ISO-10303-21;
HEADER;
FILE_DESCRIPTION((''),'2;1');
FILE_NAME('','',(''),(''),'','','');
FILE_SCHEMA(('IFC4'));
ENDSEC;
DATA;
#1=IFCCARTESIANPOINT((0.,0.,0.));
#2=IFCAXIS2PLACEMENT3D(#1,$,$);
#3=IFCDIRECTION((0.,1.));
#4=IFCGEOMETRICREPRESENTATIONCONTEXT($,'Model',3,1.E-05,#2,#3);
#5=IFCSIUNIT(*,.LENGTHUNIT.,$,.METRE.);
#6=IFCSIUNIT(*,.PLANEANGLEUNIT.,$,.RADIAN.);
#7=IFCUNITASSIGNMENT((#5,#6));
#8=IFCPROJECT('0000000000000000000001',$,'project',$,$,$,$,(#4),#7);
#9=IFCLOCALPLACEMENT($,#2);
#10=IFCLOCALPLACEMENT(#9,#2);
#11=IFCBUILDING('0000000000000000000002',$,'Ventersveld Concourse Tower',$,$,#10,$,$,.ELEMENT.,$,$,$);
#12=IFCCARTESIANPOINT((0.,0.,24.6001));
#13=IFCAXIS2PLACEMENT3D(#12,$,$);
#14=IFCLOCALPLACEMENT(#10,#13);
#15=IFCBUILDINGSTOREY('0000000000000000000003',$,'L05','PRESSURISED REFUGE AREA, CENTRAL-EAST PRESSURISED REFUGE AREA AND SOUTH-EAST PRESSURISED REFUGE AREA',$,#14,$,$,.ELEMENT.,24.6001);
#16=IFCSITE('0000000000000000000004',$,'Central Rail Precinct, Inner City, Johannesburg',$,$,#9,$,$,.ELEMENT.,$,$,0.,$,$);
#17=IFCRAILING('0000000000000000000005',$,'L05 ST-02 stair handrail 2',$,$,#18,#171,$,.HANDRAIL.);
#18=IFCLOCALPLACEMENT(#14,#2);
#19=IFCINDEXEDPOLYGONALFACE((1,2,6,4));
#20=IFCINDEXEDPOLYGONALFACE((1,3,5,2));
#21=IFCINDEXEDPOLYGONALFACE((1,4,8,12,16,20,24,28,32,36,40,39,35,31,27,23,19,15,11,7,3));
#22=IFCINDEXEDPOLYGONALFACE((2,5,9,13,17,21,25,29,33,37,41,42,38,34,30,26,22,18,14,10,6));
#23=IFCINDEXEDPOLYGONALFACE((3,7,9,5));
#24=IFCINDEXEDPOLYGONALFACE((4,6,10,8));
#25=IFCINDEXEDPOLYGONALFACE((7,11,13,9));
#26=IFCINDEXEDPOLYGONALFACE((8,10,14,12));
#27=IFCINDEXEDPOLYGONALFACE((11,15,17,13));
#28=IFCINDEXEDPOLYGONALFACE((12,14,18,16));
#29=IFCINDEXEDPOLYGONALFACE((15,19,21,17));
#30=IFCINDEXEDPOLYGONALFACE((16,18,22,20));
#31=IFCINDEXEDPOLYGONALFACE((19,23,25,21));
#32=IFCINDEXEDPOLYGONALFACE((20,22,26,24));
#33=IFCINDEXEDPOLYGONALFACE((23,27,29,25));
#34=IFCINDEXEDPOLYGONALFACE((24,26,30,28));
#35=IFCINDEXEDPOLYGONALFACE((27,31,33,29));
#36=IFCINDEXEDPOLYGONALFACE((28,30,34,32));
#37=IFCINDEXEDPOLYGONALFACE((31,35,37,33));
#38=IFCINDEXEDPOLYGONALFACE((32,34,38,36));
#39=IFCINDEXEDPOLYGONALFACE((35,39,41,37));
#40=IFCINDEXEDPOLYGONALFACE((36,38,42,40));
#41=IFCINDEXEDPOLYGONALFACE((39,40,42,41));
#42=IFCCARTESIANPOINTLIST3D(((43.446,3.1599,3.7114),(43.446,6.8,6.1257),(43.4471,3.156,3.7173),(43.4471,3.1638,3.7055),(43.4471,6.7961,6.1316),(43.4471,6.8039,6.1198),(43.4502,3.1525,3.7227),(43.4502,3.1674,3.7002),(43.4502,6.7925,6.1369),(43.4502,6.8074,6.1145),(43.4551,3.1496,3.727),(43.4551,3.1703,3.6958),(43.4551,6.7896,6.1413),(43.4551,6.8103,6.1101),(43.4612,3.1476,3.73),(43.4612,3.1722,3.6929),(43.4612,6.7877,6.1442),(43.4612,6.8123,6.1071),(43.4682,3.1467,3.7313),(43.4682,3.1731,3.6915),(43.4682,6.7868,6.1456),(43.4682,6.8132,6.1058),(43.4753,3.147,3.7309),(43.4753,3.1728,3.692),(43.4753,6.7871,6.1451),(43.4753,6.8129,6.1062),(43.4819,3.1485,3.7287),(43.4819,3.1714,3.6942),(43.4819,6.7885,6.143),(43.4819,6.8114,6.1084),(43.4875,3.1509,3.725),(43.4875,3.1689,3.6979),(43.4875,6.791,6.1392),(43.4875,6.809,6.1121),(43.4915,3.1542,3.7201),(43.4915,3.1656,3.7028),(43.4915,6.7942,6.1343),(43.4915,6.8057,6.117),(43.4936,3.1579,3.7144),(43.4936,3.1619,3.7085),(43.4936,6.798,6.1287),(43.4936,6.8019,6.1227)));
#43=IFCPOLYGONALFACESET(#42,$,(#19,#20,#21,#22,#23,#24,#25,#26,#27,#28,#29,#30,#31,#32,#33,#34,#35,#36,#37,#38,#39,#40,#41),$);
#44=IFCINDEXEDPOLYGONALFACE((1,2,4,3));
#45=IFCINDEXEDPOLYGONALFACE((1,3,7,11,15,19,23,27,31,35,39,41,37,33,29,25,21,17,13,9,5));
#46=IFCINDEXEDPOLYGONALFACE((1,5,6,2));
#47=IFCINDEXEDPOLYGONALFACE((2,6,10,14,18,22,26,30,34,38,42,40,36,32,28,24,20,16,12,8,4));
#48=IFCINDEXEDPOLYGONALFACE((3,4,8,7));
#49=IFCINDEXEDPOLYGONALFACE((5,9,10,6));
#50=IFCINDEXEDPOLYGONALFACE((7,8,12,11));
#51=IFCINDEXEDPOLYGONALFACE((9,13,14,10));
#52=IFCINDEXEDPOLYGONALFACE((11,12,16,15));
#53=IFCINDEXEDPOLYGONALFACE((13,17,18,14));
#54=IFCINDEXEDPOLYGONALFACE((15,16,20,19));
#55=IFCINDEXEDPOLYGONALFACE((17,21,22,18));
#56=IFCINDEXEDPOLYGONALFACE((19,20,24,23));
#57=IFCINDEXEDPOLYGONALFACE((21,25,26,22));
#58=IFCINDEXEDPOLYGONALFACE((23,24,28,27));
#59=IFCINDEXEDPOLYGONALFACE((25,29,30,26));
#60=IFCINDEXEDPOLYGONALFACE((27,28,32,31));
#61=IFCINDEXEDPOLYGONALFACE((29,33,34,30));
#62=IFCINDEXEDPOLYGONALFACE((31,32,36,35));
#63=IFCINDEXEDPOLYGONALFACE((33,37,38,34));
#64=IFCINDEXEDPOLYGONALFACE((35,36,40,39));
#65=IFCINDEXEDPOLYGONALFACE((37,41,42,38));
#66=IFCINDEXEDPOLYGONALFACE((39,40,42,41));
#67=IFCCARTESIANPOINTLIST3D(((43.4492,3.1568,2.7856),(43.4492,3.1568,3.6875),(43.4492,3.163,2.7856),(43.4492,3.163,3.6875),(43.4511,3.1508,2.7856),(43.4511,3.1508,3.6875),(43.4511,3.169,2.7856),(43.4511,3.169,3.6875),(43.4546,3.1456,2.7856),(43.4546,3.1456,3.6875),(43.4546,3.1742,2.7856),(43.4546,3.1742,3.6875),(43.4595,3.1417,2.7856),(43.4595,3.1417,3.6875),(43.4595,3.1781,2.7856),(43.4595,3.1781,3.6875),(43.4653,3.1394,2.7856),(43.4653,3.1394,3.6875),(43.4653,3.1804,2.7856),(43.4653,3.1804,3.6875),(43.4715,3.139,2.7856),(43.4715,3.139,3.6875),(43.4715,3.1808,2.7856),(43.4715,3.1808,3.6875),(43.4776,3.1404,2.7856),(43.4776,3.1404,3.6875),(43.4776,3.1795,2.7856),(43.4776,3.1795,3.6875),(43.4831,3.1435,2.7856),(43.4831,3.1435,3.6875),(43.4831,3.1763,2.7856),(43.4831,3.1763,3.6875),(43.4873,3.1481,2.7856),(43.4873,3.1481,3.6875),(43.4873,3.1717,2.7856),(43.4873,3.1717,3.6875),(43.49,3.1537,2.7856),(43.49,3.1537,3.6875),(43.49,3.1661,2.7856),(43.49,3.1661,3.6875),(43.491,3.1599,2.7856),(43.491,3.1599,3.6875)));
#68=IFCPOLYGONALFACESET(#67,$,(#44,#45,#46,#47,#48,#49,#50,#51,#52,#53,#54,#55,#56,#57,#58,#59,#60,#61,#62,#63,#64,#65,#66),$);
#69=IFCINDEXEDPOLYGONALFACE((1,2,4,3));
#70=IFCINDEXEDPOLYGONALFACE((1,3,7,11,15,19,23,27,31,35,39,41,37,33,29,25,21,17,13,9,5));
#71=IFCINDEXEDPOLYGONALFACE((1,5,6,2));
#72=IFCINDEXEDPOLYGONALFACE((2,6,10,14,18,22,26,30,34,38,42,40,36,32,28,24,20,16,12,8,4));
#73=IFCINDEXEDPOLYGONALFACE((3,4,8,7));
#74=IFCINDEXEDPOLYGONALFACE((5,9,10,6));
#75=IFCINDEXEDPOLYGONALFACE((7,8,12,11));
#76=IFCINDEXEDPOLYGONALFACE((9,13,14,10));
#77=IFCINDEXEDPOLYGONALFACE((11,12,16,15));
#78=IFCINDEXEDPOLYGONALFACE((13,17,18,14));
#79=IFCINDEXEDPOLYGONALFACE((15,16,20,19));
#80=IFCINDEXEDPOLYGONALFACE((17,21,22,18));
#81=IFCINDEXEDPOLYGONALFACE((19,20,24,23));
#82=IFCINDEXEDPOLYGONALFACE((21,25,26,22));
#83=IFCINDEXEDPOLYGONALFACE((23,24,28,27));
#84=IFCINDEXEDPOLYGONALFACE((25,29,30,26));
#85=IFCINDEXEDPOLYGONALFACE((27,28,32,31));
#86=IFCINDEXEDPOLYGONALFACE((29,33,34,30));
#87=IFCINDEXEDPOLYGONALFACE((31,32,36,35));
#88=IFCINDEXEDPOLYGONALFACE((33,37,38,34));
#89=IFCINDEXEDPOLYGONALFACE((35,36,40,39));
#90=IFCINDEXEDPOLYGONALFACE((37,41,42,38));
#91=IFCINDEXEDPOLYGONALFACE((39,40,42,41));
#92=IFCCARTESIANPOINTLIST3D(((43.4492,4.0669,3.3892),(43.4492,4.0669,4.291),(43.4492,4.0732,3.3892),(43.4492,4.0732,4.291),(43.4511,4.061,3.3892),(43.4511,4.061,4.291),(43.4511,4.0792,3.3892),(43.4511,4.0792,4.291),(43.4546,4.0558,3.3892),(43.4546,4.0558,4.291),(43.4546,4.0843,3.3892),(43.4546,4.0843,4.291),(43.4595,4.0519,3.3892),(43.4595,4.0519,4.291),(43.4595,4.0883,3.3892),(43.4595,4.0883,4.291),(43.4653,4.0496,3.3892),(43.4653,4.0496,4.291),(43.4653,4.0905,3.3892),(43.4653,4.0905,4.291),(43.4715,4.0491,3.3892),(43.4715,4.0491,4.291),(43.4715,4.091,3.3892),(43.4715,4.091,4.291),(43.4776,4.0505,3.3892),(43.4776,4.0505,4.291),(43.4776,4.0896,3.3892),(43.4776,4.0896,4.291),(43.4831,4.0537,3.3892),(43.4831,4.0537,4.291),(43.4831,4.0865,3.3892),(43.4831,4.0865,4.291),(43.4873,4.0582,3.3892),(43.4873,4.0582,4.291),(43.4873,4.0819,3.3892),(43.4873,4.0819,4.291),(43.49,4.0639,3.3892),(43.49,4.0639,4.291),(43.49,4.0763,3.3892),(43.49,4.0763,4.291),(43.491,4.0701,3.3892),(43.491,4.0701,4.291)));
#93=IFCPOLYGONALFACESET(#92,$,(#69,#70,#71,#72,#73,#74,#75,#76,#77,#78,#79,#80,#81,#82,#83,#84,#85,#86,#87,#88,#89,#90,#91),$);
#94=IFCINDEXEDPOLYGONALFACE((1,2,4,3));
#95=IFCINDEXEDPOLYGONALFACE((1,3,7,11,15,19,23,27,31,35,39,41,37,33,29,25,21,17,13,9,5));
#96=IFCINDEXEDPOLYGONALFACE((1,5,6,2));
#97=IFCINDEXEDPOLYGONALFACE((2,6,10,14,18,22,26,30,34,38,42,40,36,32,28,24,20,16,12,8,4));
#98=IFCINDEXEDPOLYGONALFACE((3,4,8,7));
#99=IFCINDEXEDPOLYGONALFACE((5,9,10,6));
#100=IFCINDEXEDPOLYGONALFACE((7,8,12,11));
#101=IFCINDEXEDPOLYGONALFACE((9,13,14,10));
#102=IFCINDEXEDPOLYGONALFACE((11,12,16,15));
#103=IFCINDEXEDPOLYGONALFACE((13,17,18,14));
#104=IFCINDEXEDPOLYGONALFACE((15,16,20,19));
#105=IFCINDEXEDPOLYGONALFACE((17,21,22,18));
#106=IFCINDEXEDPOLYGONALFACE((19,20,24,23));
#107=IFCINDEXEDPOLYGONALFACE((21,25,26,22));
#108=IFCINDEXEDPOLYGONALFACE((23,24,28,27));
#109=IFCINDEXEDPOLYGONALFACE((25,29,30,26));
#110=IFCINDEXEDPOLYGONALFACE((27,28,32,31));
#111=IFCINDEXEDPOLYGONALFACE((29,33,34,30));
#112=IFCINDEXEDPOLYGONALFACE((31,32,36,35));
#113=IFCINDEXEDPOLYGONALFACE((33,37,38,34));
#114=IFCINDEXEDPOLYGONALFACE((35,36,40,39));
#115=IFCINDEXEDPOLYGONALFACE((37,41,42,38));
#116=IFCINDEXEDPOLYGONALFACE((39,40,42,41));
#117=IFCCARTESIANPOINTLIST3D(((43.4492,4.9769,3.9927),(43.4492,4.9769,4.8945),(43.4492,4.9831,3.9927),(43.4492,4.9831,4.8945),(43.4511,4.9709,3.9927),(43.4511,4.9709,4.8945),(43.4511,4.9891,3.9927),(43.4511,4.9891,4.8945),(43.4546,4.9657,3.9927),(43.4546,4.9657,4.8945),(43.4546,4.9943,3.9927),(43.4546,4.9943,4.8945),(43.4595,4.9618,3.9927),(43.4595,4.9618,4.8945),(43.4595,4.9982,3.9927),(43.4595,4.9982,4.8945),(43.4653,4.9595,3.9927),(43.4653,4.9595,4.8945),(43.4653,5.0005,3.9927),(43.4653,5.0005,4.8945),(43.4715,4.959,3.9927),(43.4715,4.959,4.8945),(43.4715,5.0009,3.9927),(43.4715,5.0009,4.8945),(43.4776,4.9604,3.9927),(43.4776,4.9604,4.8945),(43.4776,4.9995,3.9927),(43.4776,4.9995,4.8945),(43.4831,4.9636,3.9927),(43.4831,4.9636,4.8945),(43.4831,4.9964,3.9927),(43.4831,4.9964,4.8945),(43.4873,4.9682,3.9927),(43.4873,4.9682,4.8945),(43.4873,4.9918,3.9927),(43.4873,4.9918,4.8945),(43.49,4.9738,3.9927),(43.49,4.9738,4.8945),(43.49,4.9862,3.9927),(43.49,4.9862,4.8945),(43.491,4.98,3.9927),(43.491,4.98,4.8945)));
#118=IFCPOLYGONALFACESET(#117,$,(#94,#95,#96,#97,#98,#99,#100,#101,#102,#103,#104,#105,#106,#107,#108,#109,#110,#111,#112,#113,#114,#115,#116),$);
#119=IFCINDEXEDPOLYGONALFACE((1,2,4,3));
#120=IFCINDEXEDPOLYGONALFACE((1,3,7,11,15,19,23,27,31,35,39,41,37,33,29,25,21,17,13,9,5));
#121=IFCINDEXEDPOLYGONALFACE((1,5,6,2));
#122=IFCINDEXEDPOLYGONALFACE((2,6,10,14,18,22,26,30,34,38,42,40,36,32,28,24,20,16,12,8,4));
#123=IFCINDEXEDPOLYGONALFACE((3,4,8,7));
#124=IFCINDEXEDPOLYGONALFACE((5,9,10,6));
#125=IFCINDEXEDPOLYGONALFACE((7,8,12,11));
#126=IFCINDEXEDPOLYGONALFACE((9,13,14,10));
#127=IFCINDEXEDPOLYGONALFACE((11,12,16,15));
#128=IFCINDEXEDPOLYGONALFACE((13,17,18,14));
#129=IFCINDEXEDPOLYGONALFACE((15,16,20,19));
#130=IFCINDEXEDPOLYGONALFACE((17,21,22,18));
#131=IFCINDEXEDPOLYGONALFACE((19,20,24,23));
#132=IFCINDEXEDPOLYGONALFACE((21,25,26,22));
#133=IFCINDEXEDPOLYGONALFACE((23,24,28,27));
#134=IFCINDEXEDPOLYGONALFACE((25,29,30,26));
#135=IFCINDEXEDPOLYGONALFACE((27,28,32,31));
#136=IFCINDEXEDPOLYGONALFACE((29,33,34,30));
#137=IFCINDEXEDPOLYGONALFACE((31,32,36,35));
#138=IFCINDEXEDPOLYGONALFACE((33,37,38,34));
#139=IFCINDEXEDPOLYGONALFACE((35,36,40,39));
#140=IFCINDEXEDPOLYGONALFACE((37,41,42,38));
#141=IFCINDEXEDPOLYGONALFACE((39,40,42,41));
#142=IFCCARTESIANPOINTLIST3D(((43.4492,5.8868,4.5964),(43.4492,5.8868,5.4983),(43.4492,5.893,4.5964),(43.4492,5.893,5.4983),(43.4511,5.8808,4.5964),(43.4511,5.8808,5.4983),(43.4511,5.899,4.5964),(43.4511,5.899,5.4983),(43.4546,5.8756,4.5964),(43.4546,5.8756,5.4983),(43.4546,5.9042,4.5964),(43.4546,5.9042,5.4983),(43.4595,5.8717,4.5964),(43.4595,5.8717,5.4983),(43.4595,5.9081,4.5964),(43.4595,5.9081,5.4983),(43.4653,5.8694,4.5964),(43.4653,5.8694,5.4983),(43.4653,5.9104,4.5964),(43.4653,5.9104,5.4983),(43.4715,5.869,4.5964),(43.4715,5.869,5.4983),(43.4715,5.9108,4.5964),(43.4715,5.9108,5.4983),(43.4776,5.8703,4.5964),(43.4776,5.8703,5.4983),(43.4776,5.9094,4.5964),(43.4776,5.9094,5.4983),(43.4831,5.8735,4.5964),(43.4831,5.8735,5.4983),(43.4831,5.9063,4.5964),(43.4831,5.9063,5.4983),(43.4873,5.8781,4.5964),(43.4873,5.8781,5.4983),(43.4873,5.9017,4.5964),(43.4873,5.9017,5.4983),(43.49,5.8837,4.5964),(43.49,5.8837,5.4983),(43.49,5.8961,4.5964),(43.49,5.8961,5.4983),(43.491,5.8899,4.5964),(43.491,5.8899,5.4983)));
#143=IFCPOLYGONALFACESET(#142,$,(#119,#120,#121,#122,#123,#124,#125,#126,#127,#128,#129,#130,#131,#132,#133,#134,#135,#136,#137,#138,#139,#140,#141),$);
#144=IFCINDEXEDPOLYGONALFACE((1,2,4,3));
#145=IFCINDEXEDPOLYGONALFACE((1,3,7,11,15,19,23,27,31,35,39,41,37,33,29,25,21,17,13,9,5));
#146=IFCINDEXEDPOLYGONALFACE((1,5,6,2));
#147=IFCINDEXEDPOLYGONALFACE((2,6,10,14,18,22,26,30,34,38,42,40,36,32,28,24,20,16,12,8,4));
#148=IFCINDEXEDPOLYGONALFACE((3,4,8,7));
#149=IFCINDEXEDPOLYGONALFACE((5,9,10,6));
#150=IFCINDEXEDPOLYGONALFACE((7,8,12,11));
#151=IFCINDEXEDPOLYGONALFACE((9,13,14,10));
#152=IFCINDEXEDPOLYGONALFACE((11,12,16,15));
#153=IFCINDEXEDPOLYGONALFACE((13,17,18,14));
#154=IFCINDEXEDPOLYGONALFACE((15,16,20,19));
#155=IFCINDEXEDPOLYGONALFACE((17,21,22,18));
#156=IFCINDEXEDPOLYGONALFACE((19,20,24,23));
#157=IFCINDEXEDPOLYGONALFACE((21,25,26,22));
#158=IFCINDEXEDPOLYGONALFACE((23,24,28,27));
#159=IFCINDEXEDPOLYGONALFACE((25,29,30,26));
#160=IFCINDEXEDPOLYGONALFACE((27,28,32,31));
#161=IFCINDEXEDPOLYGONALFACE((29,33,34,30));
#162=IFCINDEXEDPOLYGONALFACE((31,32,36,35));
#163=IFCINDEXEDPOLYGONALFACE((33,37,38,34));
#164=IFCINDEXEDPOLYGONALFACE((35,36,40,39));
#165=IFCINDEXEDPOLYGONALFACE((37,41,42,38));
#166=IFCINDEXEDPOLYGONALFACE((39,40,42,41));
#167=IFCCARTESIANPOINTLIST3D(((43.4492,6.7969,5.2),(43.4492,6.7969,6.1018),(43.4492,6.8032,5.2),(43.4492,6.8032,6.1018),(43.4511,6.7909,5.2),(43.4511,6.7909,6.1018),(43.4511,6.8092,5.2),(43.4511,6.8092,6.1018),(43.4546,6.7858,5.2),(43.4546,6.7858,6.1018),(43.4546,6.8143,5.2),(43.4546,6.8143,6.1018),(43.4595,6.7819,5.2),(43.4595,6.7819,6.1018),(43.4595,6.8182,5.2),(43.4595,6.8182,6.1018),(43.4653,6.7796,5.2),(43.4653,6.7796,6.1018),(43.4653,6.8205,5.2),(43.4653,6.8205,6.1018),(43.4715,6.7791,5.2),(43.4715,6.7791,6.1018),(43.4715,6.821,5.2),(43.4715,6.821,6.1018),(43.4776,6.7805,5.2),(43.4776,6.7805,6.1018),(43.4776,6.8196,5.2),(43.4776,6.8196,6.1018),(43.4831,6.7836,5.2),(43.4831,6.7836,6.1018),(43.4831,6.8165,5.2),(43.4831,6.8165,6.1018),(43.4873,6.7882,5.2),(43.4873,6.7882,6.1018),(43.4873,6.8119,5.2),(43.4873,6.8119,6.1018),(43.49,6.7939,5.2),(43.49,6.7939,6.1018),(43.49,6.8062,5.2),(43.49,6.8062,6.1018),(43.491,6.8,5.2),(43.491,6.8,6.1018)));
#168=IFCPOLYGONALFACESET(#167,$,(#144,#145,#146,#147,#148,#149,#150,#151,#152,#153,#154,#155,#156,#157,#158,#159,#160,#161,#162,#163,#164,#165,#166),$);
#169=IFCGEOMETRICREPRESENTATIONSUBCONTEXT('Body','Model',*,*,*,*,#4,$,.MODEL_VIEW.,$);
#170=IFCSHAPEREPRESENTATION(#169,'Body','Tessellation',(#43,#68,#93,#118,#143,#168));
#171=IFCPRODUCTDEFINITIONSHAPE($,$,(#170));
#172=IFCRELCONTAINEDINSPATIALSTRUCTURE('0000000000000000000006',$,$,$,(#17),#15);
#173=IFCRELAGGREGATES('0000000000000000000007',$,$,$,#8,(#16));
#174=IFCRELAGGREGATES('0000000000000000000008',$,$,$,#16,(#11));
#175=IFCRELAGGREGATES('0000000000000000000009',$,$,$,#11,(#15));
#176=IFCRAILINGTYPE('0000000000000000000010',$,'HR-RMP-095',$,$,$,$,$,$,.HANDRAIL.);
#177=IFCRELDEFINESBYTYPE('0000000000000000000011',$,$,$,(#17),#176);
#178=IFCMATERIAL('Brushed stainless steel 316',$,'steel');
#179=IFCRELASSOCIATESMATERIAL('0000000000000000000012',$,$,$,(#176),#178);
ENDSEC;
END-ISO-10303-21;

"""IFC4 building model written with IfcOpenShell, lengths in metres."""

from ifc_helpers import new_model, si_unit, direction, frame, origin, origin_2d, place, context, subcontext, project, spatial, circle, extrude, material, type_object, element, save


model = new_model("IFC4")

# Units and contexts
model_context = context("Model", 3, precision=1e-05, world=origin(), true_north=direction((0.0, 1.0)))
body_context = subcontext(model_context, "Body", "Model", "MODEL_VIEW")
ifc_project = project(units=[si_unit("LENGTHUNIT", "METRE"), si_unit("PLANEANGLEUNIT", "RADIAN")], contexts=[model_context])

# Site, building, storey
site_placement = place(None, origin())
site = spatial("IfcSite", under=ifc_project, at=site_placement, Name="Central Rail Precinct, Inner City, Johannesburg", CompositionType="ELEMENT", RefElevation=0.0)
building_placement = place(site_placement, origin())
building = spatial("IfcBuilding", under=site, at=building_placement, Name="Ventersveld Concourse Tower", CompositionType="ELEMENT")
storey_placement = place(building_placement, frame((0.0, 0.0, 24.6001)))
storey = spatial("IfcBuildingStorey", under=building, at=storey_placement, Name="L05", Description="PRESSURISED REFUGE AREA, CENTRAL-EAST PRESSURISED REFUGE AREA AND SOUTH-EAST PRESSURISED REFUGE AREA", CompositionType="ELEMENT", Elevation=24.6001)

# Railing
ifc_material_1 = material(Name="Brushed stainless steel 316", Category="steel")
railing_type_1 = type_object("IfcRailingType", Name="HR-RMP-095", PredefinedType="HANDRAIL", material=ifc_material_1)
railing_1_placement = place(storey_placement, frame((43.47, 3.1599, 2.7856)))
element("IfcRailing", 1, at=railing_1_placement, inside=storey, type_object=railing_type_1, Name="L05 ST-02 stair handrail 2", PredefinedType="HANDRAIL", context=body_context, shape_type="SweptSolid", body=[
    extrude(circle(Radius=0.0239, at=origin_2d()), frame((0.0, 0.0, 0.9258), z_axis=(0.0, 0.833364, 0.552725), x_axis=(-1.0, 0.0, 0.0)), (0.0, 0.0, 1.0), 4.3679),
    extrude(circle(Radius=0.021, at=origin_2d()), origin(), (0.0, 0.0, 1.0), 0.9019),
    extrude(circle(Radius=0.021, at=origin_2d()), frame((0.0, 0.9102, 0.6035)), (0.0, 0.0, 1.0), 0.9019),
    extrude(circle(Radius=0.021, at=origin_2d()), frame((0.0, 1.8201, 1.207)), (0.0, 0.0, 1.0), 0.9019),
    extrude(circle(Radius=0.021, at=origin_2d()), frame((0.0, 2.73, 1.8108)), (0.0, 0.0, 1.0), 0.9019),
    extrude(circle(Radius=0.021, at=origin_2d()), frame((0.0, 3.6401, 2.4143)), (0.0, 0.0, 1.0), 0.9019),
])

save(model, "model.ifc")
